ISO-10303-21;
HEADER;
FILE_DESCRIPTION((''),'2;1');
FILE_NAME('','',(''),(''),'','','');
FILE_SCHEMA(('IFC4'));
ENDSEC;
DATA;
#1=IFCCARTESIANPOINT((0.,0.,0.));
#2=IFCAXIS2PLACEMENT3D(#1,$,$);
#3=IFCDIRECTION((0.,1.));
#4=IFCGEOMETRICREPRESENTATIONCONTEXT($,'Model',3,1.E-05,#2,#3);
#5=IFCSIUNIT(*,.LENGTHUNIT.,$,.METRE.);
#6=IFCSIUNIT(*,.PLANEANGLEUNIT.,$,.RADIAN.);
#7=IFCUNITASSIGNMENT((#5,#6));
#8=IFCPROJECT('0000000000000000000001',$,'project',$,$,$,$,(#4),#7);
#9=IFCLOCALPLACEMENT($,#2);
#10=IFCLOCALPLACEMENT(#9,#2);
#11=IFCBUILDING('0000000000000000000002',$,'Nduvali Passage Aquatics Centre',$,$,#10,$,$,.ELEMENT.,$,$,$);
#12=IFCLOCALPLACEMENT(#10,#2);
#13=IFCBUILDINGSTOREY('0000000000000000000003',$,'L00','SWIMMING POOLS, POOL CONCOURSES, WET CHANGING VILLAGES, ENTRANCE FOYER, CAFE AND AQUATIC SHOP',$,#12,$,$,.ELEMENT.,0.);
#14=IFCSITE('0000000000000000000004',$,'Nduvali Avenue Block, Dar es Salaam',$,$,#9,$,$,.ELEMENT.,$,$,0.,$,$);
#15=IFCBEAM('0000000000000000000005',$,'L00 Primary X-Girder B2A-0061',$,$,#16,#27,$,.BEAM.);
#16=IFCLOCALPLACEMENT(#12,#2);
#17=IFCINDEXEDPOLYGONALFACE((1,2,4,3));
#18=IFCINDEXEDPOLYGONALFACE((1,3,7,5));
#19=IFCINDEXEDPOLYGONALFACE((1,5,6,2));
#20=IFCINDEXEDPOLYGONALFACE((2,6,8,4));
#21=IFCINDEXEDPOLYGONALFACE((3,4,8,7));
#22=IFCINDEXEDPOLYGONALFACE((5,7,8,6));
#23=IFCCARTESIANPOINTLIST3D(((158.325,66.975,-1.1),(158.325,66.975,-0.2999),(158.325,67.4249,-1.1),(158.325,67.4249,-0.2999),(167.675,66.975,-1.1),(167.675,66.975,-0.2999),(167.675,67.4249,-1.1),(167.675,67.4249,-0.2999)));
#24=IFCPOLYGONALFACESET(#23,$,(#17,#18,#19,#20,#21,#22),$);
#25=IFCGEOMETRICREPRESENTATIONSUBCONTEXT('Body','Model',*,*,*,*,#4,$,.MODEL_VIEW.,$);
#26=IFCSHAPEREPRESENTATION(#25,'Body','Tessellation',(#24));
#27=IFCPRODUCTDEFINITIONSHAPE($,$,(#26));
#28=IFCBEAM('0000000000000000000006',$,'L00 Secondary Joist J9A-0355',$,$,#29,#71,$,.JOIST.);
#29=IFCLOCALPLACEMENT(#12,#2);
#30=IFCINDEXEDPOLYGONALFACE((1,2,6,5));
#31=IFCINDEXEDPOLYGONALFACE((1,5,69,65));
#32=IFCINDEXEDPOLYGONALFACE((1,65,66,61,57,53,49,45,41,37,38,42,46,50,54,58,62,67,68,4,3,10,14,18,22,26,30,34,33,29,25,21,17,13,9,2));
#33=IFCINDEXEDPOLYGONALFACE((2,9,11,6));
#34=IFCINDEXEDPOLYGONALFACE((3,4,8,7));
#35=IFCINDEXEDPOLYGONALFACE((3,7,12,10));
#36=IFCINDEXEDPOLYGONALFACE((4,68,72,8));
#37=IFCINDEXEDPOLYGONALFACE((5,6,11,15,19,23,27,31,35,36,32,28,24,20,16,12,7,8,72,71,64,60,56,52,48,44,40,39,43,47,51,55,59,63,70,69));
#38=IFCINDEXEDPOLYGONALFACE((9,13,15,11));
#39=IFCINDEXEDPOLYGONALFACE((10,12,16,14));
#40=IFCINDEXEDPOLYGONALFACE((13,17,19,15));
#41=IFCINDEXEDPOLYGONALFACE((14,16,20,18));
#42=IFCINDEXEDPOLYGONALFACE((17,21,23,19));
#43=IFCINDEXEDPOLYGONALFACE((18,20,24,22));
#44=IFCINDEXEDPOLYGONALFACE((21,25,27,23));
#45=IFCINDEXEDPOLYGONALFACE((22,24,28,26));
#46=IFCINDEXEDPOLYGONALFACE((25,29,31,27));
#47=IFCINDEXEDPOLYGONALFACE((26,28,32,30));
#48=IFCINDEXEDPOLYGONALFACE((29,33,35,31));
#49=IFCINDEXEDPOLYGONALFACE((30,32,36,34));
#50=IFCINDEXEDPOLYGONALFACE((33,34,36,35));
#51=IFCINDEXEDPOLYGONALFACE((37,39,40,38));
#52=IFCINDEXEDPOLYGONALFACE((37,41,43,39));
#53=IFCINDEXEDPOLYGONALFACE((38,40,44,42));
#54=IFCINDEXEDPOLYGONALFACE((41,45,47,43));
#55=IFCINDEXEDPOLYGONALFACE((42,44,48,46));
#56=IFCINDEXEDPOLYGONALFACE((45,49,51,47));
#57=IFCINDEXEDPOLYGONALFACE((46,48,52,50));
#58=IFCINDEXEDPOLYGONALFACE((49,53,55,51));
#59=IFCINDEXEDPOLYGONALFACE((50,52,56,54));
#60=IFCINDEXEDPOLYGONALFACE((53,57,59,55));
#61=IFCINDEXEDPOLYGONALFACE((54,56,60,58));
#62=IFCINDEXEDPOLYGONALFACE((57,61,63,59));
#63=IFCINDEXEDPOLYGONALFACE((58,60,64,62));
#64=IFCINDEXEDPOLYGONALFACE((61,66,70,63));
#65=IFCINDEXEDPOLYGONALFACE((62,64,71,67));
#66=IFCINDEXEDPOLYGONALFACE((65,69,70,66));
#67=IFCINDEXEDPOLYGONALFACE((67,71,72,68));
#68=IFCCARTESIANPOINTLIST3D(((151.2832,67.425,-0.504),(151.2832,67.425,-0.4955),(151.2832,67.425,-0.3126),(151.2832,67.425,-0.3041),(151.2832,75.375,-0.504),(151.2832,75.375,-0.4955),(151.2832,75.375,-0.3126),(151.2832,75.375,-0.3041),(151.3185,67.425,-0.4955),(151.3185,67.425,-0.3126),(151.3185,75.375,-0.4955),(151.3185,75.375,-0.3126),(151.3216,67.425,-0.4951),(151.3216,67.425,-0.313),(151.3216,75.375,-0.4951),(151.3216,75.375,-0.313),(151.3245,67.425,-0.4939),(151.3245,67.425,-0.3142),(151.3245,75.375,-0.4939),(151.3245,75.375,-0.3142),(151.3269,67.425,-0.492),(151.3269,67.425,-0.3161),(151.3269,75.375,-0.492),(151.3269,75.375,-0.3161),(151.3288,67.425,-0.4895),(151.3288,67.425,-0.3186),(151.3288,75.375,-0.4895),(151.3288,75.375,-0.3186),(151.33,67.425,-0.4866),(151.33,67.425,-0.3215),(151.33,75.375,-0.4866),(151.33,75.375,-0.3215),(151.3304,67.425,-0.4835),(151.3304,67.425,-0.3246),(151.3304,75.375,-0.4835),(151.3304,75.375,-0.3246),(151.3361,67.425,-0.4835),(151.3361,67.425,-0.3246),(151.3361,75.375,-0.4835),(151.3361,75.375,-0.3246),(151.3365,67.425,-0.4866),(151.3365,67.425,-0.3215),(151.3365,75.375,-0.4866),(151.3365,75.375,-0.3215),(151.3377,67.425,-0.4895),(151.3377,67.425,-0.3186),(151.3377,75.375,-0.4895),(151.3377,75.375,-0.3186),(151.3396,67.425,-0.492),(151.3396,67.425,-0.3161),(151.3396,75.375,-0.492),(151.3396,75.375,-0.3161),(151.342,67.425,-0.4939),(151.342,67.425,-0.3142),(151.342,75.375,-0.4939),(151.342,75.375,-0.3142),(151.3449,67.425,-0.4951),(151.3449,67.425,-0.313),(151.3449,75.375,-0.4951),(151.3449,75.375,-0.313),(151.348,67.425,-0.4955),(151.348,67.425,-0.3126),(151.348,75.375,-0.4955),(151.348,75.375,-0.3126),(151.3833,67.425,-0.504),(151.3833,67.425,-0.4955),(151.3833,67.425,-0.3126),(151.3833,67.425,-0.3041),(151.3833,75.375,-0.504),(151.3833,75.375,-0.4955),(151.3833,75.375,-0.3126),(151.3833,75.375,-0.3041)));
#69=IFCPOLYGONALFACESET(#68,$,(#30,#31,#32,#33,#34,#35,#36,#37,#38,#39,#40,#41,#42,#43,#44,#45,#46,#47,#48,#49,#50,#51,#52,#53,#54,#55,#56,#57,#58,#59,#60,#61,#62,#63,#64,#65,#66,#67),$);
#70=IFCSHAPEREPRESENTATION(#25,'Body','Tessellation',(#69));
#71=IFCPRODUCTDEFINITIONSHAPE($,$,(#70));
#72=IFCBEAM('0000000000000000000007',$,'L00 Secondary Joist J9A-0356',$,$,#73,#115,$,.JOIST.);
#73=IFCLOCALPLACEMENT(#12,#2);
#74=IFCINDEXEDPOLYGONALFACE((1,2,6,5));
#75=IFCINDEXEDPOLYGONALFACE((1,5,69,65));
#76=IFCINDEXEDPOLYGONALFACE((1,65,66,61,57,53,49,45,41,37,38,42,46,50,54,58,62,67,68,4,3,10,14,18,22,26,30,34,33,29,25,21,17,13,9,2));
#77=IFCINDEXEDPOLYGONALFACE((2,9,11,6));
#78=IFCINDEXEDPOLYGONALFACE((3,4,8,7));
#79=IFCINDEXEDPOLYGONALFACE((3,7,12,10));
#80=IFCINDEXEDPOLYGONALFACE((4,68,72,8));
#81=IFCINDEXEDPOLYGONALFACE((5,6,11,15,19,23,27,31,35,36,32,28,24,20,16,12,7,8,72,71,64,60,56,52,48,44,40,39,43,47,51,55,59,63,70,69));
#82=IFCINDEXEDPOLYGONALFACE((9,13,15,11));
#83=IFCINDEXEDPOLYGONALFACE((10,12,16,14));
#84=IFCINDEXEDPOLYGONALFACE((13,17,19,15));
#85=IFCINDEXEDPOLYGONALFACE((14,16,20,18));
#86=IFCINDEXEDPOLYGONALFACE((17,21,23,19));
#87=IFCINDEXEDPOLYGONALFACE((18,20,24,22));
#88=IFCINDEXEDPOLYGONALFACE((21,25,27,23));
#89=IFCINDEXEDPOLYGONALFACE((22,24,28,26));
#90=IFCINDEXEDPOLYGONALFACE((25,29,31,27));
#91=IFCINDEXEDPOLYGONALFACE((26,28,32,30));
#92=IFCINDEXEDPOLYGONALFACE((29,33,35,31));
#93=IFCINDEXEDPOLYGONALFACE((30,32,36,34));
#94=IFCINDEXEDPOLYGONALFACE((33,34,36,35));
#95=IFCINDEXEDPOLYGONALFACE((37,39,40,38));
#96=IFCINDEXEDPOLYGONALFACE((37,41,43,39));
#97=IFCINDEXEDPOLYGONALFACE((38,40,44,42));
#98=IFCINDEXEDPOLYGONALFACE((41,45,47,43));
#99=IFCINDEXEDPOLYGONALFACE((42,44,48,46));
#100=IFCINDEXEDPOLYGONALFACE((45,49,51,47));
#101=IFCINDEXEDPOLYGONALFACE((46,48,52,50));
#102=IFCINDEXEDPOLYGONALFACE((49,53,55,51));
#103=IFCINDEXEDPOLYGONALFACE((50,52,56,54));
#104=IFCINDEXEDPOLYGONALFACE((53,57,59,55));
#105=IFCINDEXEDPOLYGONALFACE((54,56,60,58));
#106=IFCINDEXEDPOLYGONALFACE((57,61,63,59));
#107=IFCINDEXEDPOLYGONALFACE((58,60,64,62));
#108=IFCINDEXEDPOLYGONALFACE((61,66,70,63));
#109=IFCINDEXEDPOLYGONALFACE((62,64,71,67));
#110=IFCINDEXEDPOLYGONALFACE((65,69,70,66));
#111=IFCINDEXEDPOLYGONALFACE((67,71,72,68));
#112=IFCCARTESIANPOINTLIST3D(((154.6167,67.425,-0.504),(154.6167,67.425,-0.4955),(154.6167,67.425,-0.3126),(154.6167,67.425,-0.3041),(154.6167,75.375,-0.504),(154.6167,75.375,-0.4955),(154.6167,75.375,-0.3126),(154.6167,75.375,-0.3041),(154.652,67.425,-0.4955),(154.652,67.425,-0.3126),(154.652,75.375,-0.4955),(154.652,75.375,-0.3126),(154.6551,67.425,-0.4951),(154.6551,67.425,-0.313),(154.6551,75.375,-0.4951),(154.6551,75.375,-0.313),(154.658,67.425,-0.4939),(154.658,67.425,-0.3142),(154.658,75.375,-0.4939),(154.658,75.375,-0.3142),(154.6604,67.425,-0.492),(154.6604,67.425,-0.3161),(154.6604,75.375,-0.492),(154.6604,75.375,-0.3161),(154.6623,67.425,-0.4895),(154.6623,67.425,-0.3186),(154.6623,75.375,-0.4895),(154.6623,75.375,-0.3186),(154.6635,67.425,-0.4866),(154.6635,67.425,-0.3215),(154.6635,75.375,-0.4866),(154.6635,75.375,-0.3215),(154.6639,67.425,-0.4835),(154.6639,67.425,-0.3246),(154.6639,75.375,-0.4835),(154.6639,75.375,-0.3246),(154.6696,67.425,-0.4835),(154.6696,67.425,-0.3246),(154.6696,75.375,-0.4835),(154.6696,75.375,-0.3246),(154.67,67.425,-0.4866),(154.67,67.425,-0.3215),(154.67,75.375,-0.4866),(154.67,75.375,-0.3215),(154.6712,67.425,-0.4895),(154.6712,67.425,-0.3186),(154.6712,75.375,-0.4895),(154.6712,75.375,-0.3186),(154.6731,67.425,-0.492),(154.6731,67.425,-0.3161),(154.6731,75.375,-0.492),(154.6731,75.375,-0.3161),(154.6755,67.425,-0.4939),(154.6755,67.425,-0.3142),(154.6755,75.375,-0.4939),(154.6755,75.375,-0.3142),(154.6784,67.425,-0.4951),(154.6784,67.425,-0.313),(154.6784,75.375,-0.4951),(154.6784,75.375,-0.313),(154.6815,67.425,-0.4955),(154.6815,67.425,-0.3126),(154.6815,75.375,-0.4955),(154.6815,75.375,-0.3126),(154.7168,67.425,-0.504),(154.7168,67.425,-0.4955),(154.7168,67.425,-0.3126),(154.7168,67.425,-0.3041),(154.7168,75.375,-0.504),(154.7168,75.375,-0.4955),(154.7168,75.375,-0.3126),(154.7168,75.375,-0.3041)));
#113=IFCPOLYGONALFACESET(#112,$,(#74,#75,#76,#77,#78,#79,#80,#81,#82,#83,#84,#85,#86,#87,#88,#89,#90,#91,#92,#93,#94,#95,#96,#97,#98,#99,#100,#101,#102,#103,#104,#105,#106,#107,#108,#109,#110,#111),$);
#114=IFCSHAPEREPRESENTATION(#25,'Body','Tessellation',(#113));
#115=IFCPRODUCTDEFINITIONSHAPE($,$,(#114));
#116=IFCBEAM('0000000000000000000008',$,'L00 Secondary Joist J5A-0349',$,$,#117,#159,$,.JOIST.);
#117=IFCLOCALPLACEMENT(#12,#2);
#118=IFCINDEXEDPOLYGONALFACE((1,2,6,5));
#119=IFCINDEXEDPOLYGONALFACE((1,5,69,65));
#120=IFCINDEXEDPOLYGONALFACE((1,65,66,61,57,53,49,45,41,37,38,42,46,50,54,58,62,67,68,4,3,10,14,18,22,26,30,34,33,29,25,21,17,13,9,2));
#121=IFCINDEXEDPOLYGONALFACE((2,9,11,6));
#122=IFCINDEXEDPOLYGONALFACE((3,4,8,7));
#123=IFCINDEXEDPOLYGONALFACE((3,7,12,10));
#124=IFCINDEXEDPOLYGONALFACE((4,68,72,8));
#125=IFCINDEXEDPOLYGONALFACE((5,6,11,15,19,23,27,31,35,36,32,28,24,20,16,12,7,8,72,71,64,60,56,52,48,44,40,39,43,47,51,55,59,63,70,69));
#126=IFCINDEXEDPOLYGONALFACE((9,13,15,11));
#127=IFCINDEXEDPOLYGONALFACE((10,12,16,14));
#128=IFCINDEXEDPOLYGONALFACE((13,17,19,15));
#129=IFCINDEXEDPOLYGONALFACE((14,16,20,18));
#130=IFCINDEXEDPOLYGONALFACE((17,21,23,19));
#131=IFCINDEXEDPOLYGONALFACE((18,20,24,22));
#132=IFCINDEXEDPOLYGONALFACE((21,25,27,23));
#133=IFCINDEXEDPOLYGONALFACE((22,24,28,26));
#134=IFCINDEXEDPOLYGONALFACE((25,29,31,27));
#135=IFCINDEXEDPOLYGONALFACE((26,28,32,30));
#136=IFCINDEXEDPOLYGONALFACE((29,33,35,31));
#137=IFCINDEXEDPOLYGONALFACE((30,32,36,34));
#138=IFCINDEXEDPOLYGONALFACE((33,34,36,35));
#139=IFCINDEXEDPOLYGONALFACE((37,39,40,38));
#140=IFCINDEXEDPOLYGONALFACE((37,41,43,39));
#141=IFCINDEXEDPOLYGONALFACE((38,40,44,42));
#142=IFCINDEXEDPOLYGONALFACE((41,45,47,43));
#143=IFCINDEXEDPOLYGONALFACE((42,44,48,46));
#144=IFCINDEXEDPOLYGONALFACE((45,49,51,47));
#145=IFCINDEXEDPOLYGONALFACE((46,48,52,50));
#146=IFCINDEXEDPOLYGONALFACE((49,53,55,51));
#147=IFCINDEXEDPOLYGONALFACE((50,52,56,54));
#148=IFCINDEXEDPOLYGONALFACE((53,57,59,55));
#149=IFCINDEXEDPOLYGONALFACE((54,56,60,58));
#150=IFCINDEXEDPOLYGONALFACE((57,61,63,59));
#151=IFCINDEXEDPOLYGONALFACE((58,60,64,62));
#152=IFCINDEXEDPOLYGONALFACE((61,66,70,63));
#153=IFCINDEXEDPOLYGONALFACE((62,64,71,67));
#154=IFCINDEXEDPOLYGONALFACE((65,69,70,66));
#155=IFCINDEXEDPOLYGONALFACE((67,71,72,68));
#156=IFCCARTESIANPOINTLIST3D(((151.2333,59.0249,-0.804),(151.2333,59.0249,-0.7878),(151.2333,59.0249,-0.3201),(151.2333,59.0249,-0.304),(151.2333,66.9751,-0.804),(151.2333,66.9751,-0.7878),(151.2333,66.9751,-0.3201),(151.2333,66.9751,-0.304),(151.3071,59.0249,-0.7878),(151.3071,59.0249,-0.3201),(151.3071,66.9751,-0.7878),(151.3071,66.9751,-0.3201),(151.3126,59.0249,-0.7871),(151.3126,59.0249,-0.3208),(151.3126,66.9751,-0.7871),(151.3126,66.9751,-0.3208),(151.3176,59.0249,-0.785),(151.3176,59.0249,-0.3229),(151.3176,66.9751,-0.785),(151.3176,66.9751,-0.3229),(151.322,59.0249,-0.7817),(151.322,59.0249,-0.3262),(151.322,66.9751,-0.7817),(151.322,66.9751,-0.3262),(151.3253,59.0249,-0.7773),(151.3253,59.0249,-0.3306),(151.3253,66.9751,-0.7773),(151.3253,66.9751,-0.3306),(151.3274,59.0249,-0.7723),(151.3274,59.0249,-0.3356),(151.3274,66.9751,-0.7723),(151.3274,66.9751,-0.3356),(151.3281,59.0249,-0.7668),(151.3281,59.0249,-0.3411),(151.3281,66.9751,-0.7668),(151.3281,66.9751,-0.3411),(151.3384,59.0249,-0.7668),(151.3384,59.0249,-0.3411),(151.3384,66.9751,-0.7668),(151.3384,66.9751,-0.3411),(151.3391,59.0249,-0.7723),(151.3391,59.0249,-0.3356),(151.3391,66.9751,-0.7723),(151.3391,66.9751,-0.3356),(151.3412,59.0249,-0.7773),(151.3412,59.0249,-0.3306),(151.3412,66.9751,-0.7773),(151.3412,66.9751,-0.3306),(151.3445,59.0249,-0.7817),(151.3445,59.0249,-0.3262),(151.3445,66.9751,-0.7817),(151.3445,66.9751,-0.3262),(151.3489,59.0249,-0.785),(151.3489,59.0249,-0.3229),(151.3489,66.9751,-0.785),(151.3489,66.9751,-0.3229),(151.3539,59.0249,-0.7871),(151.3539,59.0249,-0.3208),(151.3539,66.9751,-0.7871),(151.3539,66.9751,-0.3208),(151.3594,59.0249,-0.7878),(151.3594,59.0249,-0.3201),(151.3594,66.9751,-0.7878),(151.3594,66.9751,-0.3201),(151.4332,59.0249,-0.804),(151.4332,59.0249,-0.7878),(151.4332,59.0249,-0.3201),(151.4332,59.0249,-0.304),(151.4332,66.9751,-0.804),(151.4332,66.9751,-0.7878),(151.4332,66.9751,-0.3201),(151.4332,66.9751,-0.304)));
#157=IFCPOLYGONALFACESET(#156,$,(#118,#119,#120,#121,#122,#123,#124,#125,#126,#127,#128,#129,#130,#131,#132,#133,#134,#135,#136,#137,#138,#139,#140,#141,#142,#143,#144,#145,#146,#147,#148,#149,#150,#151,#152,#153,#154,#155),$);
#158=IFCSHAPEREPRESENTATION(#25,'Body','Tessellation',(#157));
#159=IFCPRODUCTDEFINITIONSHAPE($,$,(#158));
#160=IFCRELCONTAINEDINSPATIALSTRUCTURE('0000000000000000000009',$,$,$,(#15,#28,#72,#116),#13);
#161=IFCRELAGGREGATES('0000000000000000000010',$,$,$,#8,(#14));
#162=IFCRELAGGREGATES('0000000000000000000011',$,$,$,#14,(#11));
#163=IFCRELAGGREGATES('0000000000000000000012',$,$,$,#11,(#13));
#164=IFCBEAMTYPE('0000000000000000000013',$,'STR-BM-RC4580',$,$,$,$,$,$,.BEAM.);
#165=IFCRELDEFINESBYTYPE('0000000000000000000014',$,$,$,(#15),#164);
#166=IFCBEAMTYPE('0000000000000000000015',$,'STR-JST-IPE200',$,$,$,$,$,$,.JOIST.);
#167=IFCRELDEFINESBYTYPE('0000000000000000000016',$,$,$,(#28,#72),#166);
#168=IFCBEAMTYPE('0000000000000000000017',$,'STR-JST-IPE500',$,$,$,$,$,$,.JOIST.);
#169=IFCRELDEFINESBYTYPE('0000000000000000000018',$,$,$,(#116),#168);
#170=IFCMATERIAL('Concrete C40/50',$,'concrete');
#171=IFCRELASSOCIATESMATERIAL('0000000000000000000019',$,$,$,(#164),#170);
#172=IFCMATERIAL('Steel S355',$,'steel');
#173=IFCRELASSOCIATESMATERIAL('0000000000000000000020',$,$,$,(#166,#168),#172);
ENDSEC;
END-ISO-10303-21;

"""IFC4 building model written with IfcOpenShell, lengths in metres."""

from ifc_helpers import new_model, si_unit, direction, frame, origin, origin_2d, place, context, subcontext, project, spatial, rectangle, i_section, extrude, material, material_profile, profile_set, type_object, element, save


model = new_model("IFC4")

# Units and contexts
model_context = context("Model", 3, precision=1e-05, world=origin(), true_north=direction((0.0, 1.0)))
body_context = subcontext(model_context, "Body", "Model", "MODEL_VIEW")
ifc_project = project(units=[si_unit("LENGTHUNIT", "METRE"), si_unit("PLANEANGLEUNIT", "RADIAN")], contexts=[model_context])

# Site, building, storey
site_placement = place(None, origin())
site = spatial("IfcSite", under=ifc_project, at=site_placement, Name="Nduvali Avenue Block, Dar es Salaam", CompositionType="ELEMENT", RefElevation=0.0)
building_placement = place(site_placement, origin())
building = spatial("IfcBuilding", under=site, at=building_placement, Name="Nduvali Passage Aquatics Centre", CompositionType="ELEMENT")
storey_placement = place(building_placement, origin())
storey = spatial("IfcBuildingStorey", under=building, at=storey_placement, Name="L00", Description="SWIMMING POOLS, POOL CONCOURSES, WET CHANGING VILLAGES, ENTRANCE FOYER, CAFE AND AQUATIC SHOP", CompositionType="ELEMENT", Elevation=0.0)

# Shared definitions
ifc_material_1 = material(Name="Concrete C40/50", Category="concrete")

# Beams
ifc_material_profile_1 = material_profile(ifc_material_1, rectangle(XDim=0.45, YDim=0.8, at=origin_2d()), Name="RC 450x800")
ifc_profile_set_1 = profile_set([ifc_material_profile_1], Name="Concrete C40/50")
beam_type_1 = type_object("IfcBeamType", Name="STR-BM-RC4580", PredefinedType="BEAM", material=ifc_profile_set_1)
for number, where, z_axis, x_axis, name in (
    (1, (158.325, 67.2, -0.7), (1.0, 0.0, 0.0), (0.0, 1.0, 0.0), "L00 Primary X-Girder B2A-0061"),
):
    element("IfcBeam", number, at=place(storey_placement, frame(where, z_axis=z_axis, x_axis=x_axis)), inside=storey, type_object=beam_type_1, Name=name, PredefinedType="BEAM", context=body_context, shape_type="SweptSolid", body=[
        extrude(rectangle(XDim=0.45, YDim=0.8, at=origin_2d()), origin(), (0.0, 0.0, 1.0), 9.3501),
    ])
ifc_material_2 = material(Name="Steel S355", Category="steel")
ifc_material_profile_2 = material_profile(ifc_material_2, i_section(OverallWidth=0.1001, OverallDepth=0.2, WebThickness=0.0056, FlangeThickness=0.0085, FilletRadius=0.012, at=origin_2d()), Name="IPE 200")
ifc_profile_set_2 = profile_set([ifc_material_profile_2], Name="Steel S355")
beam_type_2 = type_object("IfcBeamType", Name="STR-JST-IPE200", PredefinedType="JOIST", material=ifc_profile_set_2)
for number, where, z_axis, x_axis, name in (
    (2, (151.3333, 67.425, -0.4041), (0.0, 1.0, 0.0), (-1.0, 0.0, 0.0), "L00 Secondary Joist J9A-0355"),
    (3, (154.6667, 67.425, -0.4041), (0.0, 1.0, 0.0), (-1.0, 0.0, 0.0), "L00 Secondary Joist J9A-0356"),
):
    element("IfcBeam", number, at=place(storey_placement, frame(where, z_axis=z_axis, x_axis=x_axis)), inside=storey, type_object=beam_type_2, Name=name, PredefinedType="JOIST", context=body_context, shape_type="SweptSolid", body=[
        extrude(i_section(OverallWidth=0.1001, OverallDepth=0.2, WebThickness=0.0056, FlangeThickness=0.0085, FilletRadius=0.012, at=origin_2d()), origin(), (0.0, 0.0, 1.0), 7.95),
    ])
ifc_material_profile_3 = material_profile(ifc_material_2, i_section(OverallWidth=0.2, OverallDepth=0.5, WebThickness=0.0103, FlangeThickness=0.0161, FilletRadius=0.021, at=origin_2d()), Name="IPE 500")
ifc_profile_set_3 = profile_set([ifc_material_profile_3], Name="Steel S355")
beam_type_3 = type_object("IfcBeamType", Name="STR-JST-IPE500", PredefinedType="JOIST", material=ifc_profile_set_3)
for number, where, z_axis, x_axis, name in (
    (4, (151.3333, 59.0249, -0.554), (0.0, 1.0, 0.0), (-1.0, 0.0, 0.0), "L00 Secondary Joist J5A-0349"),
):
    element("IfcBeam", number, at=place(storey_placement, frame(where, z_axis=z_axis, x_axis=x_axis)), inside=storey, type_object=beam_type_3, Name=name, PredefinedType="JOIST", context=body_context, shape_type="SweptSolid", body=[
        extrude(i_section(OverallWidth=0.2, OverallDepth=0.5, WebThickness=0.0103, FlangeThickness=0.0161, FilletRadius=0.021, at=origin_2d()), origin(), (0.0, 0.0, 1.0), 7.9502),
    ])

save(model, "model.ifc")
